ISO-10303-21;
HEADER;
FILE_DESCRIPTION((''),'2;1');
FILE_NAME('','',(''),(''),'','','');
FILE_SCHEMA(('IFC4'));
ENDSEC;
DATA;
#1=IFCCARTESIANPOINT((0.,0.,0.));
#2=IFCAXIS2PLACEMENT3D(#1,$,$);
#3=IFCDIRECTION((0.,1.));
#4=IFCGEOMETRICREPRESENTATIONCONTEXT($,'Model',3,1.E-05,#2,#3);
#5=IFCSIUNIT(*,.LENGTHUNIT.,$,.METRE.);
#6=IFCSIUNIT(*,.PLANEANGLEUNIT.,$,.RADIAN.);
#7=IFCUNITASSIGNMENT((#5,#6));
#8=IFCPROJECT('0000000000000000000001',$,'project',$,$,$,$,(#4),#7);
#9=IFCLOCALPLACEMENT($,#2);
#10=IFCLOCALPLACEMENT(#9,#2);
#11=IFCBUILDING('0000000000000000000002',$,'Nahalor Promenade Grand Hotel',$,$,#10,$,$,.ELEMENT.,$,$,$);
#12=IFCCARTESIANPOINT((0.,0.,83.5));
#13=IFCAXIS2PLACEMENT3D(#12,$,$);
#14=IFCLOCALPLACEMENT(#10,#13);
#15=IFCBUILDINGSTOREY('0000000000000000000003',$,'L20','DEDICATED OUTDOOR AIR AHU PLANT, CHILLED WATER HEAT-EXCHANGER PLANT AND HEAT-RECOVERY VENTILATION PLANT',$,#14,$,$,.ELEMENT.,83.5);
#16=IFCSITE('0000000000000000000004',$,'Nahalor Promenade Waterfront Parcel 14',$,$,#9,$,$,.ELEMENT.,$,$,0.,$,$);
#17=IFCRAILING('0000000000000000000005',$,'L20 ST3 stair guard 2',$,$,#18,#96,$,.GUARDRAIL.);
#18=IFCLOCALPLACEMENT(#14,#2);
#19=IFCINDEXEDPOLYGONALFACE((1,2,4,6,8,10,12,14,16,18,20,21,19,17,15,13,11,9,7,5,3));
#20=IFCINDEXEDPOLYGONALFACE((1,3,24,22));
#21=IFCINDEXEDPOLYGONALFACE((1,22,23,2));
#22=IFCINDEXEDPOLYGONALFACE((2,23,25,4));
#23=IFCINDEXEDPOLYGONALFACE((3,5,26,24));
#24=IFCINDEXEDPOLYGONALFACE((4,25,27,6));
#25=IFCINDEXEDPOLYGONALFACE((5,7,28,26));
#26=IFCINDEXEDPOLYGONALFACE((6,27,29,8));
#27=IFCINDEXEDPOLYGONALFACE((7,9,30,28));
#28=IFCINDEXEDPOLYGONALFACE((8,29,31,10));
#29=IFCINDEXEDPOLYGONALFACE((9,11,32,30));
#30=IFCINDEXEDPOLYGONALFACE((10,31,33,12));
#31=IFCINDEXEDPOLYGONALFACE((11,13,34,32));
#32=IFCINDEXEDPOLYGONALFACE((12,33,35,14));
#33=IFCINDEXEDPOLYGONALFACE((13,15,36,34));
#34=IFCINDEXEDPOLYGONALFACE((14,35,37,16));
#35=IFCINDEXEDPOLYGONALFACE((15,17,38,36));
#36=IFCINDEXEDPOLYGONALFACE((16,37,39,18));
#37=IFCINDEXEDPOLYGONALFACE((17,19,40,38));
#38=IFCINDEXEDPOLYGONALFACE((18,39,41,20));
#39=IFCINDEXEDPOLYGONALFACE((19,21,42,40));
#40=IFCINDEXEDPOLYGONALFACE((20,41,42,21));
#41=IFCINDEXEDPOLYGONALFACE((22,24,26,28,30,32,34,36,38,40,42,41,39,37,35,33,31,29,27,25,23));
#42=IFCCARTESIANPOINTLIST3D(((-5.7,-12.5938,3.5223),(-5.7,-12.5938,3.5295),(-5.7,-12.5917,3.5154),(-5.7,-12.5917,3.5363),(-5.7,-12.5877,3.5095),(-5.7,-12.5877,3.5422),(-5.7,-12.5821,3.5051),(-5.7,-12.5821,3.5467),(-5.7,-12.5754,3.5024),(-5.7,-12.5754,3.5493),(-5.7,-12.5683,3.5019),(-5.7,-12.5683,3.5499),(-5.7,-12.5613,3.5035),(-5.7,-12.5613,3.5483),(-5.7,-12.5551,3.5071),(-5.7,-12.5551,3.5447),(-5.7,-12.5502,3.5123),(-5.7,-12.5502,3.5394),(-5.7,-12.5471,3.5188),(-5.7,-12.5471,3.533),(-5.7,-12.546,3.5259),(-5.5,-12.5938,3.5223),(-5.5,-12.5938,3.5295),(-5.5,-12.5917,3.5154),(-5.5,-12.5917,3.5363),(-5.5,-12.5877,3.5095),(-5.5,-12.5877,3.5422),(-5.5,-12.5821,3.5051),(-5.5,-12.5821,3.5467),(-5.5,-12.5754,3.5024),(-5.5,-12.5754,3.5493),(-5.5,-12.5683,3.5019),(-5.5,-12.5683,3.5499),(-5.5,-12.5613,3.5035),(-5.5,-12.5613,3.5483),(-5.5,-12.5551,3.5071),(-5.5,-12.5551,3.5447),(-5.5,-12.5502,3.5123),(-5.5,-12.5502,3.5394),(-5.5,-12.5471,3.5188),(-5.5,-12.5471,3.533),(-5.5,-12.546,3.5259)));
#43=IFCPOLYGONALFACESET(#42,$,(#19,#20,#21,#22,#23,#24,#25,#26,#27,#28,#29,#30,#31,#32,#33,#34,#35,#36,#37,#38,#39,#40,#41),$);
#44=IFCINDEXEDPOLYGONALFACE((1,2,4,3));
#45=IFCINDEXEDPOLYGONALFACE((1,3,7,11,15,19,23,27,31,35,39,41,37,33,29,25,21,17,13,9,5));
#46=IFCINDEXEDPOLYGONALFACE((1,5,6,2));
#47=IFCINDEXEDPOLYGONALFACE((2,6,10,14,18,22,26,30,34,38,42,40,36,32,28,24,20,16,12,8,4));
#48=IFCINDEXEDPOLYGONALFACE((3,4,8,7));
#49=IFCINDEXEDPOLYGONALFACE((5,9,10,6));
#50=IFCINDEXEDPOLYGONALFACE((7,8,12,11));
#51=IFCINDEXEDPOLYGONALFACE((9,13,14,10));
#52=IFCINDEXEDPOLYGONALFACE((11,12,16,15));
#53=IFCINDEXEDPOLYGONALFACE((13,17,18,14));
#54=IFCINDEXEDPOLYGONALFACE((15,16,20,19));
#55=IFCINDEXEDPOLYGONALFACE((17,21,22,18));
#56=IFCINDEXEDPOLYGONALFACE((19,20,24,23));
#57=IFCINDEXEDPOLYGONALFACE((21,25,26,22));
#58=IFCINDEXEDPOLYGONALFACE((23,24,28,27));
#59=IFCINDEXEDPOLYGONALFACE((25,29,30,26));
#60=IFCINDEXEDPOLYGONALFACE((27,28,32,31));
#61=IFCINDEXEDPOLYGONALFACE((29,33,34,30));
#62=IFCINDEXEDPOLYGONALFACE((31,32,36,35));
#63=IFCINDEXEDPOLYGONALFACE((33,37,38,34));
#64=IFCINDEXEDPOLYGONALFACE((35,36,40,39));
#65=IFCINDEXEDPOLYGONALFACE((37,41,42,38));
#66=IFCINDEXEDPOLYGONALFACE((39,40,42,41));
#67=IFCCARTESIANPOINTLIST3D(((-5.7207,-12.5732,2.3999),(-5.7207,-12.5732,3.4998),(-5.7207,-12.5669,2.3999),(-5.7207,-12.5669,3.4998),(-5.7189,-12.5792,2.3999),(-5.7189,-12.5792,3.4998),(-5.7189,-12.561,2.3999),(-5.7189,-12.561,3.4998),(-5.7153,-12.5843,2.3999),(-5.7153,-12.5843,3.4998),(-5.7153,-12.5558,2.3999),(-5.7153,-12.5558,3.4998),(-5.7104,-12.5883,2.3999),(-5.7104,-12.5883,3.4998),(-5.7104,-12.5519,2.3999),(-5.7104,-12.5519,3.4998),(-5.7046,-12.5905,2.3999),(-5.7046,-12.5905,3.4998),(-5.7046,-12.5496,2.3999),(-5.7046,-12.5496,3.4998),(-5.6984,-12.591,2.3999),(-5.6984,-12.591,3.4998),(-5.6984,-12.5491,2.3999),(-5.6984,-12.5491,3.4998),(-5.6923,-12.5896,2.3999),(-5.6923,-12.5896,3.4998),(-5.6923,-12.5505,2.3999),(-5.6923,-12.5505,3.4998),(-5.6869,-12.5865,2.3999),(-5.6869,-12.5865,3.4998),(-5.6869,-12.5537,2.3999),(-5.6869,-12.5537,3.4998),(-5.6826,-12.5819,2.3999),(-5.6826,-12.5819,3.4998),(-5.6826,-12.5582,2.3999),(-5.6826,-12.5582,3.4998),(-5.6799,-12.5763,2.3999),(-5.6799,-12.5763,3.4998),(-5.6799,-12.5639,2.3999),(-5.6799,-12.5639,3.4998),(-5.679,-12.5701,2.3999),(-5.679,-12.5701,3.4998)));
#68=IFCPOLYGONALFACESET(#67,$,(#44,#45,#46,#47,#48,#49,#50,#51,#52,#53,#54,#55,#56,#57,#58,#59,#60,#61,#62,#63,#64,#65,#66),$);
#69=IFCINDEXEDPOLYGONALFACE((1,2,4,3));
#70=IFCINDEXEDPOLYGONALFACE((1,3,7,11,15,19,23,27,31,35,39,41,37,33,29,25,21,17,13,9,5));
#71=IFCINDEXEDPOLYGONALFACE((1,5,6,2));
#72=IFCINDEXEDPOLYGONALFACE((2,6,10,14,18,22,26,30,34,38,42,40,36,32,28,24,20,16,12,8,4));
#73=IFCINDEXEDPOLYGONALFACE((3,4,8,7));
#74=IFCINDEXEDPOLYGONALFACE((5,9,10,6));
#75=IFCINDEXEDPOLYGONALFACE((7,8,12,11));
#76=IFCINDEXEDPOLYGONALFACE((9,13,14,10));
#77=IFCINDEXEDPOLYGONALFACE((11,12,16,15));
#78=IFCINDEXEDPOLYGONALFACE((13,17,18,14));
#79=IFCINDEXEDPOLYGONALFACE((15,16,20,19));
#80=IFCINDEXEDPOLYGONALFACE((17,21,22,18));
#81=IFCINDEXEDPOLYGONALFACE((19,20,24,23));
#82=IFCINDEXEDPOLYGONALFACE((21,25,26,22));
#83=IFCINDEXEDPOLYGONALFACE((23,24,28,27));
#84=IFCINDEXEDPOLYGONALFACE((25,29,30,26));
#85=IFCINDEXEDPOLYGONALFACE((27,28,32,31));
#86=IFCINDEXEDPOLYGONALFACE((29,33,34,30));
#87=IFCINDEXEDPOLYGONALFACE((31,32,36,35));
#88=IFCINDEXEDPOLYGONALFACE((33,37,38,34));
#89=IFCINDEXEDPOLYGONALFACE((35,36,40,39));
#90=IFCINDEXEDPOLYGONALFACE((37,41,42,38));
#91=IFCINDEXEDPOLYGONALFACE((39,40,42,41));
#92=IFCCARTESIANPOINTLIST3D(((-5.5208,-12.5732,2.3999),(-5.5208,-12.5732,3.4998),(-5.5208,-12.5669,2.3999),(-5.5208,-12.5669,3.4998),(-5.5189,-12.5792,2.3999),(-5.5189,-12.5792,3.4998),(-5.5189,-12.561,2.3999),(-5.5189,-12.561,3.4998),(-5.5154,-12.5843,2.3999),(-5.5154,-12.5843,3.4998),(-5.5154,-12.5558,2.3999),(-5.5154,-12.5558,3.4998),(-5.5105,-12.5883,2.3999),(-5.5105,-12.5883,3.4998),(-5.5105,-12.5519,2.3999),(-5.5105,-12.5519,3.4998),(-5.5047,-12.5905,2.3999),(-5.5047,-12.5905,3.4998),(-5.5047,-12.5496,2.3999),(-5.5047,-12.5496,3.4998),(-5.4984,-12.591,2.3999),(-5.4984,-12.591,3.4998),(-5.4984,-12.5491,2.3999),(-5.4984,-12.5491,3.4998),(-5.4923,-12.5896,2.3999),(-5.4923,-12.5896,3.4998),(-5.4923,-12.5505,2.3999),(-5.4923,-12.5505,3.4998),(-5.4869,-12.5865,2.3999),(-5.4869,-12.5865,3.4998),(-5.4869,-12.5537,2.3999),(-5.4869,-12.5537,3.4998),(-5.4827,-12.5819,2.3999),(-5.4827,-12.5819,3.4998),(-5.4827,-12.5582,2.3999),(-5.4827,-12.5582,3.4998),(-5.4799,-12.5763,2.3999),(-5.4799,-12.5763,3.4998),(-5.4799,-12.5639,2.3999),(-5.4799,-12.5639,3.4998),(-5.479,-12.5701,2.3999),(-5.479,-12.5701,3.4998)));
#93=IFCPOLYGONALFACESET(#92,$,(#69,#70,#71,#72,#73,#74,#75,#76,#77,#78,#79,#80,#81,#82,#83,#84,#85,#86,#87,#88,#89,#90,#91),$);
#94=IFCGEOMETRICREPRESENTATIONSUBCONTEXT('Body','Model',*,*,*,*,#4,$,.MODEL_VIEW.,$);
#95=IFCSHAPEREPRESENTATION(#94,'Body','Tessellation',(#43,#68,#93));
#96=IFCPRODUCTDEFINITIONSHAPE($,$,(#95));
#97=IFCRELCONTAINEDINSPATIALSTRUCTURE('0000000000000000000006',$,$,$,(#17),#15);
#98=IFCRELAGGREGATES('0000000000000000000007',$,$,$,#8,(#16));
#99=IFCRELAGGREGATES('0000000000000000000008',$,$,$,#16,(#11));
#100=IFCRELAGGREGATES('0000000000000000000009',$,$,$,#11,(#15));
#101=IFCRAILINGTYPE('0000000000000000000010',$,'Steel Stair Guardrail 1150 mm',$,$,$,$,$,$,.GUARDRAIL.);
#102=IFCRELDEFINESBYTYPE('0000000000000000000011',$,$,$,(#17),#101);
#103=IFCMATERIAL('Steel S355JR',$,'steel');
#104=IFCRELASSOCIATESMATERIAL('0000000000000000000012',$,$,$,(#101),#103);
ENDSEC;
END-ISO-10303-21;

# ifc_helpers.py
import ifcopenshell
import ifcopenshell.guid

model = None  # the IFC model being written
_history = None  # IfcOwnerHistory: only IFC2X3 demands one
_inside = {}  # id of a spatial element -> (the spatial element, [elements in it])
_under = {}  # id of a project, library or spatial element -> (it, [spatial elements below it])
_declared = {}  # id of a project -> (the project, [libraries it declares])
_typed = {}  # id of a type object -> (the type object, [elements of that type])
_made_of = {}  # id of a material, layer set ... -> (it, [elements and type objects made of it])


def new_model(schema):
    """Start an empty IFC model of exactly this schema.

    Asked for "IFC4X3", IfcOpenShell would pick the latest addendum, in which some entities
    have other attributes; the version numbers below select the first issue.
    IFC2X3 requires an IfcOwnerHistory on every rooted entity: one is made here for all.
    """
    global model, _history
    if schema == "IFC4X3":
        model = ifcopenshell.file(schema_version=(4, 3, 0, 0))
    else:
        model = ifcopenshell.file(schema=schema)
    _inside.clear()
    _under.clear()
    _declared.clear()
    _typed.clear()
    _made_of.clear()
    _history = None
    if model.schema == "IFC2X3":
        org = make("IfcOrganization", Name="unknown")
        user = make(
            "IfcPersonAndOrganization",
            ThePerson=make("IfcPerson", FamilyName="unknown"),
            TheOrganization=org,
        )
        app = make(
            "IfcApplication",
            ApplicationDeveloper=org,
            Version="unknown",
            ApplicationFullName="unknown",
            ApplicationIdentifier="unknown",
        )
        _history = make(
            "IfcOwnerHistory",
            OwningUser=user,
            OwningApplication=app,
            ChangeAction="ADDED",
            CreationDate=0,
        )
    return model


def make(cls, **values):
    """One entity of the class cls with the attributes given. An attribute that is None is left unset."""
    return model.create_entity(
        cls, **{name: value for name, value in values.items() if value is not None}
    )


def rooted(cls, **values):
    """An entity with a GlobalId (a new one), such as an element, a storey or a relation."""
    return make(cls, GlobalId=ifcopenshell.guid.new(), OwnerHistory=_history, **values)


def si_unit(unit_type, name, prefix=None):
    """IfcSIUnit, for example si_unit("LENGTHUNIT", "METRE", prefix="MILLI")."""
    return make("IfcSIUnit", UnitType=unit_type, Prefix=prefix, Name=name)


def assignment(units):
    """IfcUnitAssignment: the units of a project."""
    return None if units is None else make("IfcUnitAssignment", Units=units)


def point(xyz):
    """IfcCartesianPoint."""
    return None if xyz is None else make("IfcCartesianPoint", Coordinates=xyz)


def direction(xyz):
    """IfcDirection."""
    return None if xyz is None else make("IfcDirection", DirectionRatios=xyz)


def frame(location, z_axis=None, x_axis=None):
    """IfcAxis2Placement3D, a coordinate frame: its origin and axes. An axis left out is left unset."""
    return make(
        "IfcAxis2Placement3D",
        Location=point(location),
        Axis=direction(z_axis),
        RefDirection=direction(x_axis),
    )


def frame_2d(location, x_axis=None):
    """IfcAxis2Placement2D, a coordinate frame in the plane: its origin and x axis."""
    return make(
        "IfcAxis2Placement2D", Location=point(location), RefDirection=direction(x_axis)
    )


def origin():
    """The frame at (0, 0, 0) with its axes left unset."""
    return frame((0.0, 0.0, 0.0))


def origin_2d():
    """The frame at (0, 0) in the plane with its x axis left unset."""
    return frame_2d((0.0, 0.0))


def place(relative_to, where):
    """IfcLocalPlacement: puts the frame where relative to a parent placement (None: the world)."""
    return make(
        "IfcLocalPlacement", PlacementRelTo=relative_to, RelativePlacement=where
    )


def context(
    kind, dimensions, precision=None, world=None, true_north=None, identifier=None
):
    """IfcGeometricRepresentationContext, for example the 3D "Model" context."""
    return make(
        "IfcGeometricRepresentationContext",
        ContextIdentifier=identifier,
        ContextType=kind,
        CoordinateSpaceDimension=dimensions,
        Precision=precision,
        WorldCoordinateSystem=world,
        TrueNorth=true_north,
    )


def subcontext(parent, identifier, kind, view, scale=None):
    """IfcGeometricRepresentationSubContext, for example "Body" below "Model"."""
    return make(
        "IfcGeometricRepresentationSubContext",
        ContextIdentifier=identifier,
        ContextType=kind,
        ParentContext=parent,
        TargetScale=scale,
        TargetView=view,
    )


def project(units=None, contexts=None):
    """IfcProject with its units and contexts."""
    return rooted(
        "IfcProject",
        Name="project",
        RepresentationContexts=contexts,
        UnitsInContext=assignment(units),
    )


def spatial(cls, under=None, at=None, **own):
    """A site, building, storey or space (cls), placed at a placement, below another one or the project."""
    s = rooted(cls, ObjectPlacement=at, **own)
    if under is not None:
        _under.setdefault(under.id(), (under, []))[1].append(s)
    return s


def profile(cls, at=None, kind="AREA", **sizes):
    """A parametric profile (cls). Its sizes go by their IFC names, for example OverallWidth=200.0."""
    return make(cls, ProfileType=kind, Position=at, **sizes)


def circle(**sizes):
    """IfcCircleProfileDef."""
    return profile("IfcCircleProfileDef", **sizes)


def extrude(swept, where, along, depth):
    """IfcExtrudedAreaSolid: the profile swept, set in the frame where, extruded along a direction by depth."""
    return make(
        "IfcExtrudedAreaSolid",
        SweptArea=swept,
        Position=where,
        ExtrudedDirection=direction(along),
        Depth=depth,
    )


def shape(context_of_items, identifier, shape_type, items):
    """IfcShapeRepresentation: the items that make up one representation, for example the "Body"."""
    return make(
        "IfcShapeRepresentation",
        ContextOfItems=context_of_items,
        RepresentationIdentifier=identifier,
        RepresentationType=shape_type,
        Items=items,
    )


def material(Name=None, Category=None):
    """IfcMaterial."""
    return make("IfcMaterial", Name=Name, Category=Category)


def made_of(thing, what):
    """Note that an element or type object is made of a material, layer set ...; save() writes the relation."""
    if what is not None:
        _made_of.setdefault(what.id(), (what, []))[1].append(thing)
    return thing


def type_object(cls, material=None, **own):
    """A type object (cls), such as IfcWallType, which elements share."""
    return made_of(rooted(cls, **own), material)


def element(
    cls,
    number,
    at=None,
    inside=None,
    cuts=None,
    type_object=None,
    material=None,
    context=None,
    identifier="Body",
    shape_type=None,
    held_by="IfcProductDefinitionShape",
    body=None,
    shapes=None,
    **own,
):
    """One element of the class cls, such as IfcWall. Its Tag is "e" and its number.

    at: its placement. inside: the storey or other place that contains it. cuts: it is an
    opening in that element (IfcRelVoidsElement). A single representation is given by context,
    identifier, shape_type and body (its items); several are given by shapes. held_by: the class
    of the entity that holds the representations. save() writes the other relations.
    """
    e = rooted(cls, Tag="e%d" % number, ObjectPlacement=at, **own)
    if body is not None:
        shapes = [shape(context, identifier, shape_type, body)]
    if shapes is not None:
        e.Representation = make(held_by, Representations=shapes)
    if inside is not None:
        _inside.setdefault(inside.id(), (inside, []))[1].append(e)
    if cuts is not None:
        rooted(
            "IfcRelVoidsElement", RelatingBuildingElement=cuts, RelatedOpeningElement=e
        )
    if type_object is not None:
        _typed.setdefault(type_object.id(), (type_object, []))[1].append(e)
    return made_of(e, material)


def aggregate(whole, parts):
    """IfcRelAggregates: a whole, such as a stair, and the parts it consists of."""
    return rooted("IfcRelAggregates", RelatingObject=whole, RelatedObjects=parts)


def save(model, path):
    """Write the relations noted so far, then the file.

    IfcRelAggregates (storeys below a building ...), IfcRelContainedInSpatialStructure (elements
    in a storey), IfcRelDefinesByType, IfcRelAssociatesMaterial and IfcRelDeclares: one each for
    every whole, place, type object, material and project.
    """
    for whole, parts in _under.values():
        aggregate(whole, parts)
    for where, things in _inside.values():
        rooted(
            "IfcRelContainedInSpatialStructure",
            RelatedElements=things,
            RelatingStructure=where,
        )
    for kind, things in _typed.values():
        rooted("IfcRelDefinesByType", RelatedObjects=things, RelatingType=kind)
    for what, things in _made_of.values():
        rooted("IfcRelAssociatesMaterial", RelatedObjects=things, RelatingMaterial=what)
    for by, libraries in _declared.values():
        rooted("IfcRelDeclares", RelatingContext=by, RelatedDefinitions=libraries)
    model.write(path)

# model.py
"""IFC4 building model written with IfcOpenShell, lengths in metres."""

from ifc_helpers import new_model, si_unit, direction, frame, origin, origin_2d, place, context, subcontext, project, spatial, circle, extrude, material, type_object, element, save


model = new_model("IFC4")

# Units and contexts
model_context = context("Model", 3, precision=1e-05, world=origin(), true_north=direction((0.0, 1.0)))
body_context = subcontext(model_context, "Body", "Model", "MODEL_VIEW")
ifc_project = project(units=[si_unit("LENGTHUNIT", "METRE"), si_unit("PLANEANGLEUNIT", "RADIAN")], contexts=[model_context])

# Site, building, storey
site_placement = place(None, origin())
site = spatial("IfcSite", under=ifc_project, at=site_placement, Name="Nahalor Promenade Waterfront Parcel 14", CompositionType="ELEMENT", RefElevation=0.0)
building_placement = place(site_placement, origin())
building = spatial("IfcBuilding", under=site, at=building_placement, Name="Nahalor Promenade Grand Hotel", CompositionType="ELEMENT")
storey_placement = place(building_placement, frame((0.0, 0.0, 83.5)))
storey = spatial("IfcBuildingStorey", under=building, at=storey_placement, Name="L20", Description="DEDICATED OUTDOOR AIR AHU PLANT, CHILLED WATER HEAT-EXCHANGER PLANT AND HEAT-RECOVERY VENTILATION PLANT", CompositionType="ELEMENT", Elevation=83.5)

# Shared definitions
ifc_material_1 = material(Name="Steel S355JR", Category="steel")

# Railing
railing_type_1 = type_object("IfcRailingType", Name="Steel Stair Guardrail 1150 mm", PredefinedType="GUARDRAIL", material=ifc_material_1)
railing_1_placement = place(storey_placement, frame((-5.7, -12.5701, 2.3999)))
element("IfcRailing", 1, at=railing_1_placement, inside=storey, type_object=railing_type_1, Name="L20 ST3 stair guard 2", PredefinedType="GUARDRAIL", context=body_context, shape_type="SweptSolid", body=[
    extrude(circle(Radius=0.024, at=origin_2d()), frame((0.0, 0.0, 1.126), z_axis=(1.0, 0.0, 0.0), x_axis=(0.0, 1.0, 0.0)), (0.0, 0.0, 1.0), 0.2),
    extrude(circle(Radius=0.021, at=origin_2d()), origin(), (0.0, 0.0, 1.0), 1.0999),
    extrude(circle(Radius=0.021, at=origin_2d()), frame((0.2, 0.0, 0.0)), (0.0, 0.0, 1.0), 1.0999),
])

save(model, "model.ifc")
